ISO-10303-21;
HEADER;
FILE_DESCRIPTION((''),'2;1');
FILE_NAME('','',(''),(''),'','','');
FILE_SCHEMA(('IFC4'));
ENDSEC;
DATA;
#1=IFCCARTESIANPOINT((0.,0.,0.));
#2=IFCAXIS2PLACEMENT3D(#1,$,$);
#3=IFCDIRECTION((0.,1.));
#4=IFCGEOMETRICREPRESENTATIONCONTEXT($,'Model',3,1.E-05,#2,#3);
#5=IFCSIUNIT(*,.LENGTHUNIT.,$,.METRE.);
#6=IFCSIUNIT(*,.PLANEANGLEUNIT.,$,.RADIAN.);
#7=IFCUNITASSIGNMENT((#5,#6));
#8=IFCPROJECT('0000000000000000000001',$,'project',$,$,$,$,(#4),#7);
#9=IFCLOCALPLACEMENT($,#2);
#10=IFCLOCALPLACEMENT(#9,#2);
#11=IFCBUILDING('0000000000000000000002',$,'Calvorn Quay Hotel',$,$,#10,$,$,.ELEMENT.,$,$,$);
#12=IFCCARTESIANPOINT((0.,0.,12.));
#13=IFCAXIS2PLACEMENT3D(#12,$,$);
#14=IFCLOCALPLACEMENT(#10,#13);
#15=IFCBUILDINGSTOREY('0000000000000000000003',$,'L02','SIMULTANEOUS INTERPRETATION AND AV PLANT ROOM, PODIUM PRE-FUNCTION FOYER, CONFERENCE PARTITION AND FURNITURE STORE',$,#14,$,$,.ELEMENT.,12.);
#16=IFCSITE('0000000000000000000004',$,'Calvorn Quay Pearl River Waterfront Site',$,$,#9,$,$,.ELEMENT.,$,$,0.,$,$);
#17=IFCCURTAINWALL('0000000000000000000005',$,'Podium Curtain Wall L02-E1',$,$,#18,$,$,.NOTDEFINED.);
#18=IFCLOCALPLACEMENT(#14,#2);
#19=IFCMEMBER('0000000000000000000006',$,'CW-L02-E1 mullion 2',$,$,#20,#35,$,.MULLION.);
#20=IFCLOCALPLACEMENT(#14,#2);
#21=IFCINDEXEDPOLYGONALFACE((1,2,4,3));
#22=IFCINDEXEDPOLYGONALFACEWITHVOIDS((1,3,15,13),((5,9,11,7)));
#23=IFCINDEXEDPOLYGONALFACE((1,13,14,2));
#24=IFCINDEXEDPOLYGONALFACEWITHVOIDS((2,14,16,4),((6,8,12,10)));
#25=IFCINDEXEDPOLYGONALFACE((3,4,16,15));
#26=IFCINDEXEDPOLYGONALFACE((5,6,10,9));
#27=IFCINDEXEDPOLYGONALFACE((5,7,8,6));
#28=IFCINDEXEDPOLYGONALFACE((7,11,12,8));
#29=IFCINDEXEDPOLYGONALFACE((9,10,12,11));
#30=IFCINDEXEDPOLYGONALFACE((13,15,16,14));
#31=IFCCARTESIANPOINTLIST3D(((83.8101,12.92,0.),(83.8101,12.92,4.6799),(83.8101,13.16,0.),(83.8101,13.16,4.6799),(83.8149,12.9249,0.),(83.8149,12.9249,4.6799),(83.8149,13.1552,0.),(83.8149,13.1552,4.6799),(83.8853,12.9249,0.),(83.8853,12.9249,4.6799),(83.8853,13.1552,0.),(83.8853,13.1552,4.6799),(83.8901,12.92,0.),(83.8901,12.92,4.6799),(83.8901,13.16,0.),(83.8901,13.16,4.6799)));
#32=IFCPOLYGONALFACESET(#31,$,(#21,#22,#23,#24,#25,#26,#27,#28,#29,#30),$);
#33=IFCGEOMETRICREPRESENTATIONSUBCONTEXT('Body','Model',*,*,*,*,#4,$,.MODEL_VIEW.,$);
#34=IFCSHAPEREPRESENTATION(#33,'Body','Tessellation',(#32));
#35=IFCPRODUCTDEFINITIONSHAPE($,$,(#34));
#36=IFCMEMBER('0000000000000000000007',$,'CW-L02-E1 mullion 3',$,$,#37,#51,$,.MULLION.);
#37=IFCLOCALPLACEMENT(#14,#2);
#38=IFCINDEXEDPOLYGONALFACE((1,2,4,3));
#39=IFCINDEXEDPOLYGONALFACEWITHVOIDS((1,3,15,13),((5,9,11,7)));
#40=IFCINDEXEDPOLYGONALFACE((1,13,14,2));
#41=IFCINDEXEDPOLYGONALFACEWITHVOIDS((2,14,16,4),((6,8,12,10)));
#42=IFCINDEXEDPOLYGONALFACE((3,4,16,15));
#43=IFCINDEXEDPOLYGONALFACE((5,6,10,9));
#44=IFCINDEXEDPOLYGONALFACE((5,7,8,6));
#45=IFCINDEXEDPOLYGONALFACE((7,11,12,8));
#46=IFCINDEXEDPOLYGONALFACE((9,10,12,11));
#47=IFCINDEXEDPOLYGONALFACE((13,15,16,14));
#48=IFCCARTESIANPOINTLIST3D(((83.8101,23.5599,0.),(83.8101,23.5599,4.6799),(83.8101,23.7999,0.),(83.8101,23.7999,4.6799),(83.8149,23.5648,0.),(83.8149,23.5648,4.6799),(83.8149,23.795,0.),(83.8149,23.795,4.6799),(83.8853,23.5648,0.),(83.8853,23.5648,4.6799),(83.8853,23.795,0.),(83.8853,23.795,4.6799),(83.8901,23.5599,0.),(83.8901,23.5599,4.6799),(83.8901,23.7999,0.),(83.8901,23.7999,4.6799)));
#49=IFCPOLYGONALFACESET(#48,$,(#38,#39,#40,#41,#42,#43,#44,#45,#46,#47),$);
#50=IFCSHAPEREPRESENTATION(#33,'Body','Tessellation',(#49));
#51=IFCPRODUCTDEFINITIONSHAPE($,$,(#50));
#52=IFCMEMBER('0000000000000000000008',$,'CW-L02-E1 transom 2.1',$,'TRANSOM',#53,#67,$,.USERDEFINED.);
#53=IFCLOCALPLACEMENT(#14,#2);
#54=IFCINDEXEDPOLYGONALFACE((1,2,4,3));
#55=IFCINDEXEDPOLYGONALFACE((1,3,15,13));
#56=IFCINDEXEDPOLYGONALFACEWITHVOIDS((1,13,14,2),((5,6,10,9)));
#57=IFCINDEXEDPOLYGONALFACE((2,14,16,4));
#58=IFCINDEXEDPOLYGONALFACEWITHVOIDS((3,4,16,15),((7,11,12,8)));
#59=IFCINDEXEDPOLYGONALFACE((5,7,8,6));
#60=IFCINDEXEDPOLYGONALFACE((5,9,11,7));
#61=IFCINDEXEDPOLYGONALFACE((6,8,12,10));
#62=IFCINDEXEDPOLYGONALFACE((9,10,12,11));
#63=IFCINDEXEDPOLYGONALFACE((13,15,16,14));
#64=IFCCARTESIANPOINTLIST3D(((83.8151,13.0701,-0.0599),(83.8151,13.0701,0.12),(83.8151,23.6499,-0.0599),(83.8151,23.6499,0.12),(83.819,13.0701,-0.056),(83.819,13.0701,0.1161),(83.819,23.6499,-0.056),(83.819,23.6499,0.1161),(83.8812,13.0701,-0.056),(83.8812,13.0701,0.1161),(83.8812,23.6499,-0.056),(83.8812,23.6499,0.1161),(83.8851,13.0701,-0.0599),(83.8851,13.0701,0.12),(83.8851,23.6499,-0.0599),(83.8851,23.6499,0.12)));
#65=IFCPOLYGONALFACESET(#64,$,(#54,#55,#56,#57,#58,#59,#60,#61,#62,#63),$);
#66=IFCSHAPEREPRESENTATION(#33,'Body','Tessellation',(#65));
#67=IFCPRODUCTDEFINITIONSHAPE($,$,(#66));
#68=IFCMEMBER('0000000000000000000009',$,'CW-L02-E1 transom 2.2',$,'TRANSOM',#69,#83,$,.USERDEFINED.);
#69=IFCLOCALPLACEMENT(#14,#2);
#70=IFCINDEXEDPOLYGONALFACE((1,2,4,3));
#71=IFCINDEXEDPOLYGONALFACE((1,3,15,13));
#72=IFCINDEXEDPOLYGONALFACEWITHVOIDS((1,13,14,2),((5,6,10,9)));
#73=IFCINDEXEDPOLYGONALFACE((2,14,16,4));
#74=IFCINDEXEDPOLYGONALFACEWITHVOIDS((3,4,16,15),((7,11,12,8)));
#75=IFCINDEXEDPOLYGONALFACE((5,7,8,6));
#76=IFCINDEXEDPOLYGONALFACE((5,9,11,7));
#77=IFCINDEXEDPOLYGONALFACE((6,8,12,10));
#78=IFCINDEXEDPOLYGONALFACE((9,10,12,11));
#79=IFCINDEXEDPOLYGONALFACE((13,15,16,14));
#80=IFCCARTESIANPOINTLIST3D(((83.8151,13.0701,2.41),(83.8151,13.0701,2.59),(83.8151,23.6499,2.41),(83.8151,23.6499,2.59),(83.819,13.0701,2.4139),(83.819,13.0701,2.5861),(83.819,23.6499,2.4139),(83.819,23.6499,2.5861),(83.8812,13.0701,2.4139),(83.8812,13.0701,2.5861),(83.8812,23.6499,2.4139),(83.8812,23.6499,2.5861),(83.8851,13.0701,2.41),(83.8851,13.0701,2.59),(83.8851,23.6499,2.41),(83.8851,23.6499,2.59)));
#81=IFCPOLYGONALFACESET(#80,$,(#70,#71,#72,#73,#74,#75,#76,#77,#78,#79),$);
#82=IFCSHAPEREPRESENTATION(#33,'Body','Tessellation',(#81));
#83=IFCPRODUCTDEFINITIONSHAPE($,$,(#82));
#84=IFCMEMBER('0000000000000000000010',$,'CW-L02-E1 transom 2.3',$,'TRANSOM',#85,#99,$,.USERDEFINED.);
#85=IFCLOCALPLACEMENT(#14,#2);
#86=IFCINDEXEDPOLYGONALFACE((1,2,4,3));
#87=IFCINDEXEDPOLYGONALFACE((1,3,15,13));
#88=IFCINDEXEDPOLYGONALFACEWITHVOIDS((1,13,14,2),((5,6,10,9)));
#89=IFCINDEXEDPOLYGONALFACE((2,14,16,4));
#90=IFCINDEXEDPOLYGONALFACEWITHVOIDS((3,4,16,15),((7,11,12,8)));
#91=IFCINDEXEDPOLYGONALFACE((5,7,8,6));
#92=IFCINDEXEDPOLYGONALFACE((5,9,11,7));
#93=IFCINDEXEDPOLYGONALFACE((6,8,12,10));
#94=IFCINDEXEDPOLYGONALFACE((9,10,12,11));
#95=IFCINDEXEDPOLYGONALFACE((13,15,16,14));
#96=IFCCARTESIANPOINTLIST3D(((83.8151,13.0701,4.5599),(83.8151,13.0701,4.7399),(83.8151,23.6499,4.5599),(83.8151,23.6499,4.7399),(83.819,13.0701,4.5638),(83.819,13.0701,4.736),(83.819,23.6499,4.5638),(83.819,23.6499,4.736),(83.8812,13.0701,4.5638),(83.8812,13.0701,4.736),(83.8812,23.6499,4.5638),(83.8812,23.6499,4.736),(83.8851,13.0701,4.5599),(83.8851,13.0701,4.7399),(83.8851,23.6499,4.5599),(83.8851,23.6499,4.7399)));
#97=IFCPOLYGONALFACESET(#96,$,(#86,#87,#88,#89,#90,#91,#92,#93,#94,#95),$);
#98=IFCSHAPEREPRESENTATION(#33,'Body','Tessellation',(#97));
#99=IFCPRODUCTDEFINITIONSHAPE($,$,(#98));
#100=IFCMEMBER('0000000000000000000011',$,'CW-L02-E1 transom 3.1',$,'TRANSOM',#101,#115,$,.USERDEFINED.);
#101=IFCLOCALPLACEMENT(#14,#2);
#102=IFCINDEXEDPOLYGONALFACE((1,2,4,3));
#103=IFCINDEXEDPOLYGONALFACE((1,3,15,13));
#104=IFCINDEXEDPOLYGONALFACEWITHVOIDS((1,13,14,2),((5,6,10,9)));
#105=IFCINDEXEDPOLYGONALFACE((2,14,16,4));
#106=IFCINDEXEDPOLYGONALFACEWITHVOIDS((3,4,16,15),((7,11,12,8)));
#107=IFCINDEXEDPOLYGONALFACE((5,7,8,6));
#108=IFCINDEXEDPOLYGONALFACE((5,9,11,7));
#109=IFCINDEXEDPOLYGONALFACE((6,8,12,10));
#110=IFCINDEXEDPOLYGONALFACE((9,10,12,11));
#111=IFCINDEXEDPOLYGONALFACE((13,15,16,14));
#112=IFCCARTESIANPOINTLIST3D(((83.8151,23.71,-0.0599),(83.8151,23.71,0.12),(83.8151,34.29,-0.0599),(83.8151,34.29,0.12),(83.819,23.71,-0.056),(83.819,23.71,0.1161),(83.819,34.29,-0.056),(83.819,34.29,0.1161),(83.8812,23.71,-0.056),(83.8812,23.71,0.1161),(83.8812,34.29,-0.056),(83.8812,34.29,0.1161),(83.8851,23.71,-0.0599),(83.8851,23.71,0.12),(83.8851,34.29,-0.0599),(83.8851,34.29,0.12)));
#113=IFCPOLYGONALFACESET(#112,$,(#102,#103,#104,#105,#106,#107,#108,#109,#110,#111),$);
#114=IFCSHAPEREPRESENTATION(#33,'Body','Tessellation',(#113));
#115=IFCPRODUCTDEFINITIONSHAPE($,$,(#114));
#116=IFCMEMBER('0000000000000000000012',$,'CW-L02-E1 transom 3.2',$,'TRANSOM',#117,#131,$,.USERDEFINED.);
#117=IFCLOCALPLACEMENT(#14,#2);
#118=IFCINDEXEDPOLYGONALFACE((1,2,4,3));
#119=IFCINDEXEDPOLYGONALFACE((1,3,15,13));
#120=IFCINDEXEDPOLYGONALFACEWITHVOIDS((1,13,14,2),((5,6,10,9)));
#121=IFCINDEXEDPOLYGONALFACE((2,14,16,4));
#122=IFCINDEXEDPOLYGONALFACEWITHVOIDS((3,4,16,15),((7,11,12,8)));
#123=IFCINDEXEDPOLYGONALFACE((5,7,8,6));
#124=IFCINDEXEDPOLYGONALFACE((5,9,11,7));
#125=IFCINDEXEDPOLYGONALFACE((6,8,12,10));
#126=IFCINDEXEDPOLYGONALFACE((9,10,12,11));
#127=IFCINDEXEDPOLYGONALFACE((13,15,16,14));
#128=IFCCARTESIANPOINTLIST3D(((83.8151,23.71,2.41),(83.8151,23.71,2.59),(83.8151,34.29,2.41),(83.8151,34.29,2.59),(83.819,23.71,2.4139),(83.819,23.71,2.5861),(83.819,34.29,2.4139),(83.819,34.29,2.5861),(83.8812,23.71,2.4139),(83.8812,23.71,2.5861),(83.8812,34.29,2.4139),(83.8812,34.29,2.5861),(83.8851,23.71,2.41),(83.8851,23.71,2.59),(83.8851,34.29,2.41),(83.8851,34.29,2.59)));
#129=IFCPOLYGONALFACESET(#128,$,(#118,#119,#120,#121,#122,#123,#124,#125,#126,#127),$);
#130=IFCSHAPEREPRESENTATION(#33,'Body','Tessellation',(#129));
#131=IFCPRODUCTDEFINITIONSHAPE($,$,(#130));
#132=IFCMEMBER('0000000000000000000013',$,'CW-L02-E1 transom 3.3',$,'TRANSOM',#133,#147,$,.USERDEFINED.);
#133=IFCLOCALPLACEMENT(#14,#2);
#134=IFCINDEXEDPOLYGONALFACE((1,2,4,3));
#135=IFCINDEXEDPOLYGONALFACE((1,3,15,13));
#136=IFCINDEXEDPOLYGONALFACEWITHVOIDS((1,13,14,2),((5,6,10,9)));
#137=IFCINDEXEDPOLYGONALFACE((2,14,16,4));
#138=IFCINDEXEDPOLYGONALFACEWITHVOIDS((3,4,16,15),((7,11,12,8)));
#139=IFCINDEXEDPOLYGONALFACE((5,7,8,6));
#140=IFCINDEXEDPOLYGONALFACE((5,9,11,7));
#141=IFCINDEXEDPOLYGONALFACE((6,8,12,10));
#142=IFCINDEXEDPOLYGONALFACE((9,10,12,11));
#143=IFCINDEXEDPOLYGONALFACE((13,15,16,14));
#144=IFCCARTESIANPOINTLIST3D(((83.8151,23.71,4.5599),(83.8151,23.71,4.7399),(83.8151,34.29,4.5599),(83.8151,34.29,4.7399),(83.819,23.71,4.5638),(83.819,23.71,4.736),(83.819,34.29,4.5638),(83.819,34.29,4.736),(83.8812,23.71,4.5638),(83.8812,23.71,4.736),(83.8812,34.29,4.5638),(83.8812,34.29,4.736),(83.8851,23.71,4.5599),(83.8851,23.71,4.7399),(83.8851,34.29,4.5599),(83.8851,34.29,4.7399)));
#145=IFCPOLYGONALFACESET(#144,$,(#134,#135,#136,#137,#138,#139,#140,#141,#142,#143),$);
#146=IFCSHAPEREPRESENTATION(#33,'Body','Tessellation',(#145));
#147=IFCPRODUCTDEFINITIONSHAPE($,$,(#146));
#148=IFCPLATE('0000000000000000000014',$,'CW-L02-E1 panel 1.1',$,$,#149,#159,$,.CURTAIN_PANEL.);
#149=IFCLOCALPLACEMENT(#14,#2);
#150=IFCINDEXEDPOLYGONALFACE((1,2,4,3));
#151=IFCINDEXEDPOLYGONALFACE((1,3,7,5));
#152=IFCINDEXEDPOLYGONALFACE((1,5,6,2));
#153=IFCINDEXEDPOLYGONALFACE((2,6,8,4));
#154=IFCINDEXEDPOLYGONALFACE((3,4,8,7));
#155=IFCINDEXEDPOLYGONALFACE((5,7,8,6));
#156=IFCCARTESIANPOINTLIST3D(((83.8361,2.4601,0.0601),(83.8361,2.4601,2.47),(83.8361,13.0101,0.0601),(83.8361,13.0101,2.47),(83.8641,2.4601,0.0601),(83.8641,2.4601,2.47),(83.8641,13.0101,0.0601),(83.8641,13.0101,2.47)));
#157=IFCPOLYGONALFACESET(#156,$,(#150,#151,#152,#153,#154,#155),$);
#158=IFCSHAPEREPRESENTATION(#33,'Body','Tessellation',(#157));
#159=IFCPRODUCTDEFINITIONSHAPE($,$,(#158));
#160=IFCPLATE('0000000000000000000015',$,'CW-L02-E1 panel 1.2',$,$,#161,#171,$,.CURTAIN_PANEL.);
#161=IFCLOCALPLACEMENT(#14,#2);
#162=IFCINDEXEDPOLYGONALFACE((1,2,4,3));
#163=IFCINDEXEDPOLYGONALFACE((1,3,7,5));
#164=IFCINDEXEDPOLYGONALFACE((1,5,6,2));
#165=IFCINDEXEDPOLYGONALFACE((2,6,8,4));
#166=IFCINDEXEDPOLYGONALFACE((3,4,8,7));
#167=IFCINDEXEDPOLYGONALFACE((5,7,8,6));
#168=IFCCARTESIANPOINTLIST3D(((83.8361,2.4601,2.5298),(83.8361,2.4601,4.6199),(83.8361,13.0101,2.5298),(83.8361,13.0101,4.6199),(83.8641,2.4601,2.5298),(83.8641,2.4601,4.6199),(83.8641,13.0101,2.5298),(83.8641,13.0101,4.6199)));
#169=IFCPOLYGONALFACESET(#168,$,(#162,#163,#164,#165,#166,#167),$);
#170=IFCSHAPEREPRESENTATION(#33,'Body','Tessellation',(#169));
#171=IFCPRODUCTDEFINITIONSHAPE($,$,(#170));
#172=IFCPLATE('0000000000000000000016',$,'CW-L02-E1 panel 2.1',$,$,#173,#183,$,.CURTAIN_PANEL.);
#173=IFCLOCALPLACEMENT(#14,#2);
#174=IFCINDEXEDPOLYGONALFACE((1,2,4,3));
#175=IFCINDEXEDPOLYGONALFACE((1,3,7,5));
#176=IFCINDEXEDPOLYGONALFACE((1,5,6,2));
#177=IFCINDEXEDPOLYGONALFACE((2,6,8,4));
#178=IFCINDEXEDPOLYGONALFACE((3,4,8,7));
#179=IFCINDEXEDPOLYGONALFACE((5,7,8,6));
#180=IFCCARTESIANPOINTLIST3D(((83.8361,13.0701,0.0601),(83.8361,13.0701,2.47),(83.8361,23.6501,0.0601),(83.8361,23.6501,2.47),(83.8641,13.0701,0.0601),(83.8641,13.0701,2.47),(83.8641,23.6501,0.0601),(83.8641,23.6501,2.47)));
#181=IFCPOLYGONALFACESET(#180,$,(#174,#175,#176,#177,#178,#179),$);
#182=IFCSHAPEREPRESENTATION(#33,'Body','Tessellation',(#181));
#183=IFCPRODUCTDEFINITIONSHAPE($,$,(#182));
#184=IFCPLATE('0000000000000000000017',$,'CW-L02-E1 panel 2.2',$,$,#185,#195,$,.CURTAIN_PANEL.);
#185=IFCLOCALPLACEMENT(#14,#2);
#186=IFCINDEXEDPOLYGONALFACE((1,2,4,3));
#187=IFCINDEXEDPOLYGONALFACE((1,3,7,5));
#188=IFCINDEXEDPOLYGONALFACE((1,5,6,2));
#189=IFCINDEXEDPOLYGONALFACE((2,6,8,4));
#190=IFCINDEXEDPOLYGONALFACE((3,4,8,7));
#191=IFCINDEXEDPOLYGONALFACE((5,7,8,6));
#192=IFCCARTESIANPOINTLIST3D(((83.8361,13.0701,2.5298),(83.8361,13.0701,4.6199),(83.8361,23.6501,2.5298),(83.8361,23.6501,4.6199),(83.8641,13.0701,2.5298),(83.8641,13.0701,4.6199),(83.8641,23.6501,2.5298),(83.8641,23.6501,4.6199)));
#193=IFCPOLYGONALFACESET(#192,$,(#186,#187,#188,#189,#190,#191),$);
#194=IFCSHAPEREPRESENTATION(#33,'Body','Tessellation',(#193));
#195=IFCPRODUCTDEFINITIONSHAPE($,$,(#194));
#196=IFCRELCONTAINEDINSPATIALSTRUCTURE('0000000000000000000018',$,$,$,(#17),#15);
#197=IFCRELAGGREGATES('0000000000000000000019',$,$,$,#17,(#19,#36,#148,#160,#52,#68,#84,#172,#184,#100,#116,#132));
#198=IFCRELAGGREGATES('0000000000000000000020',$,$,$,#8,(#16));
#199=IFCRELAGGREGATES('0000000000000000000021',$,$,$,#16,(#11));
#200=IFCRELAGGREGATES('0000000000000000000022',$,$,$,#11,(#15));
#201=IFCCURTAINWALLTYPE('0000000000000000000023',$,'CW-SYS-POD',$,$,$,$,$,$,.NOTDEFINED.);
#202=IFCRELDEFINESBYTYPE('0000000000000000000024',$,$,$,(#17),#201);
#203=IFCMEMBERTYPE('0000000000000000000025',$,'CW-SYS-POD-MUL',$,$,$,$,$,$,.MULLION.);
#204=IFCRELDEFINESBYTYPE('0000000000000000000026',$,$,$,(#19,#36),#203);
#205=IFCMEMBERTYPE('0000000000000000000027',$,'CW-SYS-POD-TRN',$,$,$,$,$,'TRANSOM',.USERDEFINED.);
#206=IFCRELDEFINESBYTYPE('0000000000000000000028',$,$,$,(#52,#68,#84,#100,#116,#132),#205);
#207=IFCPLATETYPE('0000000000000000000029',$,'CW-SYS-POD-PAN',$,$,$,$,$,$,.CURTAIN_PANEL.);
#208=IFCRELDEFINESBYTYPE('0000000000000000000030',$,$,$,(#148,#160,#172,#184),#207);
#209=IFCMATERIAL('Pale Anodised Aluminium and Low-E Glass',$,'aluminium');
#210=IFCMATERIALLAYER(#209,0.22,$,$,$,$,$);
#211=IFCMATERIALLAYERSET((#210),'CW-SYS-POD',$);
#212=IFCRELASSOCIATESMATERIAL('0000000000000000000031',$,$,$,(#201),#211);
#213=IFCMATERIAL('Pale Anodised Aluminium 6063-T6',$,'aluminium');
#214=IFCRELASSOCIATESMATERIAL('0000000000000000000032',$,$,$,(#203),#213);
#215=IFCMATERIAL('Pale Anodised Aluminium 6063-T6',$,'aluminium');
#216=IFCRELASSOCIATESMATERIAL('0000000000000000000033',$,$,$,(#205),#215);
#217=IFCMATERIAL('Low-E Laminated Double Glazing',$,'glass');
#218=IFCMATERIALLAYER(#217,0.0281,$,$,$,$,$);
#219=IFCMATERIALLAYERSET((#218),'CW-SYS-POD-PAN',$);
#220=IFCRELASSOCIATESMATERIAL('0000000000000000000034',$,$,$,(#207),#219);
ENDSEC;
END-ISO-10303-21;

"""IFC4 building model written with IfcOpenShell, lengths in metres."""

from ifc_helpers import new_model, si_unit, direction, frame, origin, origin_2d, place, context, subcontext, project, spatial, rectangle, hollow_rectangle, extrude, material, layer, layer_set, material_profile, profile_set, type_object, element, aggregate, save


model = new_model("IFC4")

# Units and contexts
model_context = context("Model", 3, precision=1e-05, world=origin(), true_north=direction((0.0, 1.0)))
body_context = subcontext(model_context, "Body", "Model", "MODEL_VIEW")
ifc_project = project(units=[si_unit("LENGTHUNIT", "METRE"), si_unit("PLANEANGLEUNIT", "RADIAN")], contexts=[model_context])

# Site, building, storey
site_placement = place(None, origin())
site = spatial("IfcSite", under=ifc_project, at=site_placement, Name="Calvorn Quay Pearl River Waterfront Site", CompositionType="ELEMENT", RefElevation=0.0)
building_placement = place(site_placement, origin())
building = spatial("IfcBuilding", under=site, at=building_placement, Name="Calvorn Quay Hotel", CompositionType="ELEMENT")
storey_placement = place(building_placement, frame((0.0, 0.0, 12.0)))
storey = spatial("IfcBuildingStorey", under=building, at=storey_placement, Name="L02", Description="SIMULTANEOUS INTERPRETATION AND AV PLANT ROOM, PODIUM PRE-FUNCTION FOYER, CONFERENCE PARTITION AND FURNITURE STORE", CompositionType="ELEMENT", Elevation=12.0)

# Curtain wall, members, plates
ifc_material_1 = material(Name="Pale Anodised Aluminium and Low-E Glass", Category="aluminium")
ifc_layer_1 = layer(ifc_material_1, 0.22)
ifc_layer_set_1 = layer_set([ifc_layer_1], Name="CW-SYS-POD")
curtain_wall_type = type_object("IfcCurtainWallType", Name="CW-SYS-POD", PredefinedType="NOTDEFINED", material=ifc_layer_set_1)
curtain_wall_placement = place(storey_placement, origin())
curtain_wall = element("IfcCurtainWall", 1, at=curtain_wall_placement, inside=storey, type_object=curtain_wall_type, Name="Podium Curtain Wall L02-E1", PredefinedType="NOTDEFINED")
ifc_material_2 = material(Name="Pale Anodised Aluminium 6063-T6", Category="aluminium")
ifc_material_profile_1 = material_profile(ifc_material_2, hollow_rectangle(XDim=0.0801, YDim=0.24, WallThickness=0.0049, at=origin_2d()), Name="ALU-M240x80x5")
ifc_profile_set_1 = profile_set([ifc_material_profile_1], Name="Pale Anodised Aluminium 6063-T6")
member_type_1 = type_object("IfcMemberType", Name="CW-SYS-POD-MUL", PredefinedType="MULLION", material=ifc_profile_set_1)
member_1_placement = place(storey_placement, frame((83.8501, 13.04, 0.0), z_axis=(0.0, 0.0, 1.0), x_axis=(-1.0, 0.0, 0.0)))
member_1 = element("IfcMember", 2, at=member_1_placement, type_object=member_type_1, Name="CW-L02-E1 mullion 2", PredefinedType="MULLION", context=body_context, shape_type="SweptSolid", body=[
    extrude(hollow_rectangle(XDim=0.0801, YDim=0.24, WallThickness=0.0049, at=origin_2d()), origin(), (0.0, 0.0, 1.0), 4.6799),
])
member_2_placement = place(storey_placement, frame((83.8501, 23.6799, 0.0), z_axis=(0.0, 0.0, 1.0), x_axis=(-1.0, 0.0, 0.0)))
member_2 = element("IfcMember", 3, at=member_2_placement, type_object=member_type_1, Name="CW-L02-E1 mullion 3", PredefinedType="MULLION", context=body_context, shape_type="SweptSolid", body=[
    extrude(hollow_rectangle(XDim=0.0801, YDim=0.24, WallThickness=0.0049, at=origin_2d()), origin(), (0.0, 0.0, 1.0), 4.6799),
])
ifc_material_3 = material(Name="Pale Anodised Aluminium 6063-T6", Category="aluminium")
ifc_material_profile_2 = material_profile(ifc_material_3, hollow_rectangle(XDim=0.0701, YDim=0.1799, WallThickness=0.0039, at=origin_2d()), Name="ALU-T180x70x4")
ifc_profile_set_2 = profile_set([ifc_material_profile_2], Name="Pale Anodised Aluminium 6063-T6")
member_type_2 = type_object("IfcMemberType", Name="CW-SYS-POD-TRN", ElementType="TRANSOM", PredefinedType="USERDEFINED", material=ifc_profile_set_2)
member_3_placement = place(storey_placement, frame((83.8501, 13.0701, 0.03), z_axis=(0.0, 1.0, 0.0), x_axis=(-1.0, 0.0, 0.0)))
member_3 = element("IfcMember", 4, at=member_3_placement, type_object=member_type_2, Name="CW-L02-E1 transom 2.1", ObjectType="TRANSOM", PredefinedType="USERDEFINED", context=body_context, shape_type="SweptSolid", body=[
    extrude(hollow_rectangle(XDim=0.0701, YDim=0.1799, WallThickness=0.0039, at=origin_2d()), origin(), (0.0, 0.0, 1.0), 10.5798),
])
member_4_placement = place(storey_placement, frame((83.8501, 13.0701, 2.5), z_axis=(0.0, 1.0, 0.0), x_axis=(-1.0, 0.0, 0.0)))
member_4 = element("IfcMember", 5, at=member_4_placement, type_object=member_type_2, Name="CW-L02-E1 transom 2.2", ObjectType="TRANSOM", PredefinedType="USERDEFINED", context=body_context, shape_type="SweptSolid", body=[
    extrude(hollow_rectangle(XDim=0.0701, YDim=0.1799, WallThickness=0.0039, at=origin_2d()), origin(), (0.0, 0.0, 1.0), 10.5798),
])
member_5_placement = place(storey_placement, frame((83.8501, 13.0701, 4.6499), z_axis=(0.0, 1.0, 0.0), x_axis=(-1.0, 0.0, 0.0)))
member_5 = element("IfcMember", 6, at=member_5_placement, type_object=member_type_2, Name="CW-L02-E1 transom 2.3", ObjectType="TRANSOM", PredefinedType="USERDEFINED", context=body_context, shape_type="SweptSolid", body=[
    extrude(hollow_rectangle(XDim=0.0701, YDim=0.1799, WallThickness=0.0039, at=origin_2d()), origin(), (0.0, 0.0, 1.0), 10.5798),
])
member_6_placement = place(storey_placement, frame((83.8501, 23.71, 0.03), z_axis=(0.0, 1.0, 0.0), x_axis=(-1.0, 0.0, 0.0)))
member_6 = element("IfcMember", 7, at=member_6_placement, type_object=member_type_2, Name="CW-L02-E1 transom 3.1", ObjectType="TRANSOM", PredefinedType="USERDEFINED", context=body_context, shape_type="SweptSolid", body=[
    extrude(hollow_rectangle(XDim=0.0701, YDim=0.1799, WallThickness=0.0039, at=origin_2d()), origin(), (0.0, 0.0, 1.0), 10.5801),
])
member_7_placement = place(storey_placement, frame((83.8501, 23.71, 2.5), z_axis=(0.0, 1.0, 0.0), x_axis=(-1.0, 0.0, 0.0)))
member_7 = element("IfcMember", 8, at=member_7_placement, type_object=member_type_2, Name="CW-L02-E1 transom 3.2", ObjectType="TRANSOM", PredefinedType="USERDEFINED", context=body_context, shape_type="SweptSolid", body=[
    extrude(hollow_rectangle(XDim=0.0701, YDim=0.1799, WallThickness=0.0039, at=origin_2d()), origin(), (0.0, 0.0, 1.0), 10.5801),
])
member_8_placement = place(storey_placement, frame((83.8501, 23.71, 4.6499), z_axis=(0.0, 1.0, 0.0), x_axis=(-1.0, 0.0, 0.0)))
member_8 = element("IfcMember", 9, at=member_8_placement, type_object=member_type_2, Name="CW-L02-E1 transom 3.3", ObjectType="TRANSOM", PredefinedType="USERDEFINED", context=body_context, shape_type="SweptSolid", body=[
    extrude(hollow_rectangle(XDim=0.0701, YDim=0.1799, WallThickness=0.0039, at=origin_2d()), origin(), (0.0, 0.0, 1.0), 10.5801),
])
ifc_material_4 = material(Name="Low-E Laminated Double Glazing", Category="glass")
ifc_layer_2 = layer(ifc_material_4, 0.0281)
ifc_layer_set_2 = layer_set([ifc_layer_2], Name="CW-SYS-POD-PAN")
plate_type = type_object("IfcPlateType", Name="CW-SYS-POD-PAN", PredefinedType="CURTAIN_PANEL", material=ifc_layer_set_2)
plate_1_placement = place(storey_placement, frame((83.8501, 7.7351, 0.0601), z_axis=(0.0, 0.0, 1.0), x_axis=(0.0, 1.0, 0.0)))
plate_1 = element("IfcPlate", 10, at=plate_1_placement, type_object=plate_type, Name="CW-L02-E1 panel 1.1", PredefinedType="CURTAIN_PANEL", context=body_context, shape_type="SweptSolid", body=[
    extrude(rectangle(XDim=10.55, YDim=0.0281, at=origin_2d()), origin(), (0.0, 0.0, 1.0), 2.4099),
])
plate_2_placement = place(storey_placement, frame((83.8501, 7.7351, 2.5298), z_axis=(0.0, 0.0, 1.0), x_axis=(0.0, 1.0, 0.0)))
plate_2 = element("IfcPlate", 11, at=plate_2_placement, type_object=plate_type, Name="CW-L02-E1 panel 1.2", PredefinedType="CURTAIN_PANEL", context=body_context, shape_type="SweptSolid", body=[
    extrude(rectangle(XDim=10.55, YDim=0.0281, at=origin_2d()), origin(), (0.0, 0.0, 1.0), 2.0901),
])
plate_3_placement = place(storey_placement, frame((83.8501, 18.3601, 0.0601), z_axis=(0.0, 0.0, 1.0), x_axis=(0.0, 1.0, 0.0)))
plate_3 = element("IfcPlate", 12, at=plate_3_placement, type_object=plate_type, Name="CW-L02-E1 panel 2.1", PredefinedType="CURTAIN_PANEL", context=body_context, shape_type="SweptSolid", body=[
    extrude(rectangle(XDim=10.5801, YDim=0.0281, at=origin_2d()), origin(), (0.0, 0.0, 1.0), 2.4099),
])
plate_4_placement = place(storey_placement, frame((83.8501, 18.3601, 2.5298), z_axis=(0.0, 0.0, 1.0), x_axis=(0.0, 1.0, 0.0)))
plate_4 = element("IfcPlate", 13, at=plate_4_placement, type_object=plate_type, Name="CW-L02-E1 panel 2.2", PredefinedType="CURTAIN_PANEL", context=body_context, shape_type="SweptSolid", body=[
    extrude(rectangle(XDim=10.5801, YDim=0.0281, at=origin_2d()), origin(), (0.0, 0.0, 1.0), 2.0901),
])
aggregate(curtain_wall, [member_1, member_2, plate_1, plate_2, member_3, member_4, member_5, plate_3, plate_4, member_6, member_7, member_8])

save(model, "model.ifc")
